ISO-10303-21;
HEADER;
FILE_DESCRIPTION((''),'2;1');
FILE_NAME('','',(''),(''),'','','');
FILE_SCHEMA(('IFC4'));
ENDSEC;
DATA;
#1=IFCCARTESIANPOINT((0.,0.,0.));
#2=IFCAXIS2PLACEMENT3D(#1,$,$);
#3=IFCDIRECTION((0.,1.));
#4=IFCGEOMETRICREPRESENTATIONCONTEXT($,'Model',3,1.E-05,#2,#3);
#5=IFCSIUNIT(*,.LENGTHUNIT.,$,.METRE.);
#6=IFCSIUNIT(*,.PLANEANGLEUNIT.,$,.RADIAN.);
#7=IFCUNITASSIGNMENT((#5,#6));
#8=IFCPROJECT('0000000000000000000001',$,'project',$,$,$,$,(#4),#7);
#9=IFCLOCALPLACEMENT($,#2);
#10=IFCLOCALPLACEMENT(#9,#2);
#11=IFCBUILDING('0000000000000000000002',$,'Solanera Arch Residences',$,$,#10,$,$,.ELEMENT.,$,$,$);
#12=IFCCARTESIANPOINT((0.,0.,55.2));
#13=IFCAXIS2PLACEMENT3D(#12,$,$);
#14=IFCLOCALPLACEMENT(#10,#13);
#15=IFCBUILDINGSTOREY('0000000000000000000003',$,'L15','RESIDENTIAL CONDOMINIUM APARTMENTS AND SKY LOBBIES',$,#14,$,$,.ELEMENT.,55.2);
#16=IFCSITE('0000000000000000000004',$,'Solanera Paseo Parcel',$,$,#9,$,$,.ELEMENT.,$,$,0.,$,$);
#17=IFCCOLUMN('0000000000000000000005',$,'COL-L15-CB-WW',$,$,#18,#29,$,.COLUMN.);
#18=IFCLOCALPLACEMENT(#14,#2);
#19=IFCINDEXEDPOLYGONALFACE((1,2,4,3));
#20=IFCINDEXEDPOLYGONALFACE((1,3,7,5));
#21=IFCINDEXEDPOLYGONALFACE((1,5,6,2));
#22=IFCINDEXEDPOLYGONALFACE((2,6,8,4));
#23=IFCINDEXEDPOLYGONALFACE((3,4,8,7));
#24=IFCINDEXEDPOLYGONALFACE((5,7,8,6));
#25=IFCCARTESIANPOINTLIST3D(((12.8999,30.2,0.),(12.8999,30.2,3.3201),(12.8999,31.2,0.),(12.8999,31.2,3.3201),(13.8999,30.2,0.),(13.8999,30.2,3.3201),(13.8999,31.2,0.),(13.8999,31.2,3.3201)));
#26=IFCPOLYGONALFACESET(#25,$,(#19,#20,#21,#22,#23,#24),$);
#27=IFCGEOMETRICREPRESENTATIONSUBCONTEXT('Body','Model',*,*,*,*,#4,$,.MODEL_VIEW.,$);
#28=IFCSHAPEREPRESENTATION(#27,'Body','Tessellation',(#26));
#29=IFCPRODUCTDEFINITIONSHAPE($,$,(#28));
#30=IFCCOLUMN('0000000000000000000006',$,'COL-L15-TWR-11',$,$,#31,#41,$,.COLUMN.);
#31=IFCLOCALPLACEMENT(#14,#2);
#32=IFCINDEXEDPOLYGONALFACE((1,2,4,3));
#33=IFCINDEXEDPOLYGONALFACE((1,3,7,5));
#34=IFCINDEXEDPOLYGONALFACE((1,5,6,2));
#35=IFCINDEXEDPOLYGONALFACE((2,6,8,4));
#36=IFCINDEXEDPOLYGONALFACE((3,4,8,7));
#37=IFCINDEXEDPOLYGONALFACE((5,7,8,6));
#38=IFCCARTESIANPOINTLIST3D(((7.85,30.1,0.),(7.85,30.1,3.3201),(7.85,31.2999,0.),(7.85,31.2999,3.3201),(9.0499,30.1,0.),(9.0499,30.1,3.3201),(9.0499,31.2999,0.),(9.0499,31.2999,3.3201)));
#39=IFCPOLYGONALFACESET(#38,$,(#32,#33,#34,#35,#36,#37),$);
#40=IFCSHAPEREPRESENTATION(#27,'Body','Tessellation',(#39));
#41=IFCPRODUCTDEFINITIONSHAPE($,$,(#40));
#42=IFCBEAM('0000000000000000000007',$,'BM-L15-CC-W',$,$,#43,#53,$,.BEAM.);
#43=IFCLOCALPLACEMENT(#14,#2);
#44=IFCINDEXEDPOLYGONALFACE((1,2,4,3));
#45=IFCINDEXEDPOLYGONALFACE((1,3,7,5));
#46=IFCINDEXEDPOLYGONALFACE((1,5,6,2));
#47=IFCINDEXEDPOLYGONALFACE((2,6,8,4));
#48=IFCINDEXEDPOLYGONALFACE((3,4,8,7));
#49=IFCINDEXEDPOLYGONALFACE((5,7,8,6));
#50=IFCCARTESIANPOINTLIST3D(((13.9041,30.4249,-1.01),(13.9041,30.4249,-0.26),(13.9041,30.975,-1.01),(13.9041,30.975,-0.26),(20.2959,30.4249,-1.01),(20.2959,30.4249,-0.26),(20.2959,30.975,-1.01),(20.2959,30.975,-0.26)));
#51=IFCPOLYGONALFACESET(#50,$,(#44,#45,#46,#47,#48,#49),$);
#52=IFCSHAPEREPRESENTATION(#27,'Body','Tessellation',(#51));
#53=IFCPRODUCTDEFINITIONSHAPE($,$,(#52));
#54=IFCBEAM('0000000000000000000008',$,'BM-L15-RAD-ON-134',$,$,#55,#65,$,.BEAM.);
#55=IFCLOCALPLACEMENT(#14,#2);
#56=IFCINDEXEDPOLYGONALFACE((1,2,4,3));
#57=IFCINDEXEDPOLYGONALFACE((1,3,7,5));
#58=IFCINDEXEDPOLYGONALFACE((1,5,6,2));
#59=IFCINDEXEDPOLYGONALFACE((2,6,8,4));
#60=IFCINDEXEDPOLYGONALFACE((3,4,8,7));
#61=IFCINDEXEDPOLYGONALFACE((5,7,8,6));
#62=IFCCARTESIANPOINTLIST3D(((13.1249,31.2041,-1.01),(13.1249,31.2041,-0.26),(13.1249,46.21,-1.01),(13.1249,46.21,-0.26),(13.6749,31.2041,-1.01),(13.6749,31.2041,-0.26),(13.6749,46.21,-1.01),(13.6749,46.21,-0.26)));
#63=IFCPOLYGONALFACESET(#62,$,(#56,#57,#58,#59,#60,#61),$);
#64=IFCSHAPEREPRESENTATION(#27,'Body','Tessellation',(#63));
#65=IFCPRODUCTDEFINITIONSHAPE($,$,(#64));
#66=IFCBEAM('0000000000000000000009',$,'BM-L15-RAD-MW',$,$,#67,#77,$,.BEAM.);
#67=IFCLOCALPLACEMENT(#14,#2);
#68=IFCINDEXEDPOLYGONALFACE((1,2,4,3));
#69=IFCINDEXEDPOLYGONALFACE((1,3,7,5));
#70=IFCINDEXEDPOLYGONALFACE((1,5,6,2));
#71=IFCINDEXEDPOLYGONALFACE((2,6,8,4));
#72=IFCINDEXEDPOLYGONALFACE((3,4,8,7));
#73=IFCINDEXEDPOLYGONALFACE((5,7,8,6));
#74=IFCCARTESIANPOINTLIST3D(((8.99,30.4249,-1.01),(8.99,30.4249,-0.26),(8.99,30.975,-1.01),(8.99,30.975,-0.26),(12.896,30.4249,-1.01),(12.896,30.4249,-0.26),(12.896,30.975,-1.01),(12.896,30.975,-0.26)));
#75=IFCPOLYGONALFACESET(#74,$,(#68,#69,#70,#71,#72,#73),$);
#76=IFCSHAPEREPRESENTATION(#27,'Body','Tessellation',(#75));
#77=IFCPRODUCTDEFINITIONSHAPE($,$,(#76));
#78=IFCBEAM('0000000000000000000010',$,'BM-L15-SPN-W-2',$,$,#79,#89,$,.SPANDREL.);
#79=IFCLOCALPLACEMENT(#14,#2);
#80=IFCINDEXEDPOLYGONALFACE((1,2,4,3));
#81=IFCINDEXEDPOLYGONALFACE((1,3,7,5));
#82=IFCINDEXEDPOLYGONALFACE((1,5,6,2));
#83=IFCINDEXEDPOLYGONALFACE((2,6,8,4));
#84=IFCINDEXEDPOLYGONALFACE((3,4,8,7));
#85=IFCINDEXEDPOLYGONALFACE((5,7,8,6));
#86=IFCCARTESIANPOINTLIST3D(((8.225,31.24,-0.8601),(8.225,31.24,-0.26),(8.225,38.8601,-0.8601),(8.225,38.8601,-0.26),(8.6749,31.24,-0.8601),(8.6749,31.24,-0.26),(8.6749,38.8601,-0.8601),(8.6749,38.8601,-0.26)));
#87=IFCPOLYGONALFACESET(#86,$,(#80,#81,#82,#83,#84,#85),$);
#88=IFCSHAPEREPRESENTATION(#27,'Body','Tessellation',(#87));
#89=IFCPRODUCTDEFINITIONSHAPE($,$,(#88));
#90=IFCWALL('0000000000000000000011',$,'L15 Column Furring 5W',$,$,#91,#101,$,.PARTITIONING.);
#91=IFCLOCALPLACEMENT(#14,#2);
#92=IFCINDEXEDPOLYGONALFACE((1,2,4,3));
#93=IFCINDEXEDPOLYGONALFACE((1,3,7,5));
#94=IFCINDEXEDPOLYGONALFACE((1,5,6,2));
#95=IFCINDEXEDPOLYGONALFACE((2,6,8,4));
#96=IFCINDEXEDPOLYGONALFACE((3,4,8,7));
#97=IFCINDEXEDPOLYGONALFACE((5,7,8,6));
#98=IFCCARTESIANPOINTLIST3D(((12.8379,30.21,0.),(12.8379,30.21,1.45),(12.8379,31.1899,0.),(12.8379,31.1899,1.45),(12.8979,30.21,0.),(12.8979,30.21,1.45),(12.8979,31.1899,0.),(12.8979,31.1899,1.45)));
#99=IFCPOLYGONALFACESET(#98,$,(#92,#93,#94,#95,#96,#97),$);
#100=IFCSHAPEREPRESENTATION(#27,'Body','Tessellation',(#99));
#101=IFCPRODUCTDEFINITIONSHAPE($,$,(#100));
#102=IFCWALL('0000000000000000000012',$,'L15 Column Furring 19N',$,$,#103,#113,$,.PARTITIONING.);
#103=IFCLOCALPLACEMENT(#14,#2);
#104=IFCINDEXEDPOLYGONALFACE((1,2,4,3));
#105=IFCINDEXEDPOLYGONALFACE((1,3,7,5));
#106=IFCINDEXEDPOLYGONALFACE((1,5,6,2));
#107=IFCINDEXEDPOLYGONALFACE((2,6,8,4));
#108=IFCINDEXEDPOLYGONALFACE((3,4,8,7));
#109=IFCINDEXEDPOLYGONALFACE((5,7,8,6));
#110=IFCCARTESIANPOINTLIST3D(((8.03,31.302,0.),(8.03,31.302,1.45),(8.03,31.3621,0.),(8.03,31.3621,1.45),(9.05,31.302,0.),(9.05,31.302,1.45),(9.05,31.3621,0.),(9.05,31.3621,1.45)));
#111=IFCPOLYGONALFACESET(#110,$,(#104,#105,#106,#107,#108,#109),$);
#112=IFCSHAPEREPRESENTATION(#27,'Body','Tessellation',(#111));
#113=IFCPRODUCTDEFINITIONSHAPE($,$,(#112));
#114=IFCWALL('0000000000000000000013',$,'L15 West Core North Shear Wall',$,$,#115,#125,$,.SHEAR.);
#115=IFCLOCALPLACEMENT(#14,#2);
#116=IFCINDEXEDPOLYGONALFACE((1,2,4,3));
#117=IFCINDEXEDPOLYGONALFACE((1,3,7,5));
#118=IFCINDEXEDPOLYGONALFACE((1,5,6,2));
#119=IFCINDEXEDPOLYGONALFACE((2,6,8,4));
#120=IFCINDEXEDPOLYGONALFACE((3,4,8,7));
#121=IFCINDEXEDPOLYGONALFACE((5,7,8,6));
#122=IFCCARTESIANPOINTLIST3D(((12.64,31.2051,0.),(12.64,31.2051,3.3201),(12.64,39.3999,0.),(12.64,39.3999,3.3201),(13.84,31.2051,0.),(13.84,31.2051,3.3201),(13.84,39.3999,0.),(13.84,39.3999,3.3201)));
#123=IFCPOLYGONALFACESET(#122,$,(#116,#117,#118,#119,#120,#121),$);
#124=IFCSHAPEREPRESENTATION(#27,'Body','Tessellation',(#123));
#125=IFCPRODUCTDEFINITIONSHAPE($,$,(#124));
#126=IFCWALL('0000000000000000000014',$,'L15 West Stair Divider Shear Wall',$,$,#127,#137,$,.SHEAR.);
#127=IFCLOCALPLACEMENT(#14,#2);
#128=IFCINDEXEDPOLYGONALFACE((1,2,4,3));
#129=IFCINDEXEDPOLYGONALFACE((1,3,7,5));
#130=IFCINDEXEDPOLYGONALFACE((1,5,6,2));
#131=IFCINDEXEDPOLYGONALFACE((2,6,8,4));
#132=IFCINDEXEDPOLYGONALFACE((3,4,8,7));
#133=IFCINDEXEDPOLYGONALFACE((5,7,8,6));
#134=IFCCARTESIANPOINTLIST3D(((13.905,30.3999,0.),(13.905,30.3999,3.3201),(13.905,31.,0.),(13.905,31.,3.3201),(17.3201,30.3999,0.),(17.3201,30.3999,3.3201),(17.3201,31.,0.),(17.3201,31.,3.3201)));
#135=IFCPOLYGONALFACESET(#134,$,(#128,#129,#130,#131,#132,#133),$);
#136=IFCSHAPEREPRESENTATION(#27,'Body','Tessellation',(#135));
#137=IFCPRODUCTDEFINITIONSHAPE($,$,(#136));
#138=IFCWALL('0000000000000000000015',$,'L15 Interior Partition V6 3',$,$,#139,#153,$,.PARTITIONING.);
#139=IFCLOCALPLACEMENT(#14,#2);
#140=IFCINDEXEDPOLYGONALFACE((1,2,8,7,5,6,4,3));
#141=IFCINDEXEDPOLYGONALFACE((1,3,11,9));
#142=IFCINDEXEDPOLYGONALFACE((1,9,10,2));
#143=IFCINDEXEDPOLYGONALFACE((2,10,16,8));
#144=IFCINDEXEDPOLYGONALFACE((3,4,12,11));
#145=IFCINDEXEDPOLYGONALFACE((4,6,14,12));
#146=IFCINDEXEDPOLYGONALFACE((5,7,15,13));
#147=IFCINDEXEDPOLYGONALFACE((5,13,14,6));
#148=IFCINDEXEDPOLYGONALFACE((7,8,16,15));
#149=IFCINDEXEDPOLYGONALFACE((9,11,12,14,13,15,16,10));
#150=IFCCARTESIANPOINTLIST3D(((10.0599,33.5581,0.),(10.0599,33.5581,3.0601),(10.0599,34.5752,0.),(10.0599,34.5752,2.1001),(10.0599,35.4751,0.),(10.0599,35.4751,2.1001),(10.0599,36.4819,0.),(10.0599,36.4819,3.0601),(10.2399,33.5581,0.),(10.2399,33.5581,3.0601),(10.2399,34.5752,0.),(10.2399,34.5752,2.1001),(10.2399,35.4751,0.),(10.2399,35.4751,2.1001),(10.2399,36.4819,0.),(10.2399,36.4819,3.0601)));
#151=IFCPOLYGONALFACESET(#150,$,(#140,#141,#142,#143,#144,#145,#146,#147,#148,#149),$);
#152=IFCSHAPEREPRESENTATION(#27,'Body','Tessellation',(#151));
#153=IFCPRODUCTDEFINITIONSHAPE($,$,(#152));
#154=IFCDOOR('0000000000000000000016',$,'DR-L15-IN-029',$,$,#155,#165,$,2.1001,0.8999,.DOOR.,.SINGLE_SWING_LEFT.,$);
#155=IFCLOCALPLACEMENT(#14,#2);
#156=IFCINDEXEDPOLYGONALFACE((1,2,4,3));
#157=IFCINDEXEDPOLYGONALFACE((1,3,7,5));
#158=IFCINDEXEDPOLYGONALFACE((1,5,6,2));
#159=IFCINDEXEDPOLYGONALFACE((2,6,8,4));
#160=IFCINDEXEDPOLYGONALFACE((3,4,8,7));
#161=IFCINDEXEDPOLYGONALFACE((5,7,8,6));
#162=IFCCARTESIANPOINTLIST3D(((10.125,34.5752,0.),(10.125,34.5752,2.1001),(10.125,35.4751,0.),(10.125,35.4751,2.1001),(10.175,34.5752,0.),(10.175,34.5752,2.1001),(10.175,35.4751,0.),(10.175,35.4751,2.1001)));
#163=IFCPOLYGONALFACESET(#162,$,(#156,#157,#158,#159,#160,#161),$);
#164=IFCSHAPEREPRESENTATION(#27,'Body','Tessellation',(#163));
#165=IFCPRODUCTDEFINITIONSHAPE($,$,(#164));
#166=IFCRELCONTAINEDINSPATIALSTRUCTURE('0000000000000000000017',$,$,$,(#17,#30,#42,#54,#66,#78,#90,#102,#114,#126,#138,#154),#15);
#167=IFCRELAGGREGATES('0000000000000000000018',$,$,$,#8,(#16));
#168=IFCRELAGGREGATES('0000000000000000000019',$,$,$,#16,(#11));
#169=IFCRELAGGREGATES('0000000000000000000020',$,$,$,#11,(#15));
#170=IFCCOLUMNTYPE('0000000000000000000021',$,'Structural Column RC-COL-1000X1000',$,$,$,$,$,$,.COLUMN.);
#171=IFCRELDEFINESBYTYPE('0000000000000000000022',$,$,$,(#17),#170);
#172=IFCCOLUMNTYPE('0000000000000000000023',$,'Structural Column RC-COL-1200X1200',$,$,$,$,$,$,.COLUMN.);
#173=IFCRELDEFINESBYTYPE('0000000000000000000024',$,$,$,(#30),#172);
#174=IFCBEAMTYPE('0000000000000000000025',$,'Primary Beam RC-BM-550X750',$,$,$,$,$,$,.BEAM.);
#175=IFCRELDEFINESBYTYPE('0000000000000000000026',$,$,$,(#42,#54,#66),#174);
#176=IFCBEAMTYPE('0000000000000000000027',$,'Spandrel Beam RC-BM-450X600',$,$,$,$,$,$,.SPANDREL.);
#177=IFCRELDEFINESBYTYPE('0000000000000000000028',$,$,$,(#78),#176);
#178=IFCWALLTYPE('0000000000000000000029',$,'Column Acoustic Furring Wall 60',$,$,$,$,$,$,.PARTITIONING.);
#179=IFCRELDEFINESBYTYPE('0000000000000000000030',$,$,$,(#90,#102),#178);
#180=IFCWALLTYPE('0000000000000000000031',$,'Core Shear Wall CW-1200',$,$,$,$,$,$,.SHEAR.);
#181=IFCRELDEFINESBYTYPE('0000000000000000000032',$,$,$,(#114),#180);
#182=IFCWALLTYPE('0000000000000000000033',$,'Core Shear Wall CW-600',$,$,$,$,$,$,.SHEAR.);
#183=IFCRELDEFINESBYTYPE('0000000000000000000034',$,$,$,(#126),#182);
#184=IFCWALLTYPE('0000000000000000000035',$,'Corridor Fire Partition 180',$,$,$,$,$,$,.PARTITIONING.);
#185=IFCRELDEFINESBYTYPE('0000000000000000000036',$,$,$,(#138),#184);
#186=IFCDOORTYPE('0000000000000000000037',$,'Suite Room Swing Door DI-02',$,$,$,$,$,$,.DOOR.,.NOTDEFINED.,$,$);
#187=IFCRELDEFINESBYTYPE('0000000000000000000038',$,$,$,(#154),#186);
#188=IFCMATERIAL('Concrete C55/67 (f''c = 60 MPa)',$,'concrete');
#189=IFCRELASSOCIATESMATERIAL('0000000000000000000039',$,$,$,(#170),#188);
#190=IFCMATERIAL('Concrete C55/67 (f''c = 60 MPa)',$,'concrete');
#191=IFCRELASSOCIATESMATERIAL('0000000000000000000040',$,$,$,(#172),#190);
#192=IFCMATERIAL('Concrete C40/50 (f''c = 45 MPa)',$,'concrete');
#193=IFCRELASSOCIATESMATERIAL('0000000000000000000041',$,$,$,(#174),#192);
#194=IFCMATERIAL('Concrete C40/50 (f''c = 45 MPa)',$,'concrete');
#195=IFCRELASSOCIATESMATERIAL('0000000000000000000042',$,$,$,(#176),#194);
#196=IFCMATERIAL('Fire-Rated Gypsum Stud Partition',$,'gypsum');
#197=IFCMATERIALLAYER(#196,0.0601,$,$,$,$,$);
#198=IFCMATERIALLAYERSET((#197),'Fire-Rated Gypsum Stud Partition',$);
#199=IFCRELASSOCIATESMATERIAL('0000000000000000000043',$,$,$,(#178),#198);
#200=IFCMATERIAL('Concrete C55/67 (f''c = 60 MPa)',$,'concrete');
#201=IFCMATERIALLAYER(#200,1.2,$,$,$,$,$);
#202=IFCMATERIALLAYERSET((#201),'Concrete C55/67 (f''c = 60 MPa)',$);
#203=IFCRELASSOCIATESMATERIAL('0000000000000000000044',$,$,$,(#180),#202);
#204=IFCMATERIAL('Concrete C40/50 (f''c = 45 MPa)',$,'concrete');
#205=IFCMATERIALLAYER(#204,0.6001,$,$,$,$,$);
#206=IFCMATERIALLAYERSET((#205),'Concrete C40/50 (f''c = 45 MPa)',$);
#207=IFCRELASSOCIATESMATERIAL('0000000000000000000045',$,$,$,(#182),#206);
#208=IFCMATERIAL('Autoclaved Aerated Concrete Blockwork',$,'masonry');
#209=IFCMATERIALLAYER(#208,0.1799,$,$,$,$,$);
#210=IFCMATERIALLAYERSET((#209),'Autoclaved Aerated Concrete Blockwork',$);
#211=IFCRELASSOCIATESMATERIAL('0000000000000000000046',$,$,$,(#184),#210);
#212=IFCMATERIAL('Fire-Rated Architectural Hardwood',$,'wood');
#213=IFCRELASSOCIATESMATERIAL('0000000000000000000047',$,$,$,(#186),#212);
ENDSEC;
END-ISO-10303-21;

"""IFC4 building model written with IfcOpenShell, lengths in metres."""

from ifc_helpers import new_model, si_unit, direction, frame, frame_2d, origin, origin_2d, place, context, subcontext, project, spatial, rectangle, extrude, material, layer, layer_set, material_profile, profile_set, type_object, element, fill, save


model = new_model("IFC4")

# Units and contexts
model_context = context("Model", 3, precision=1e-05, world=origin(), true_north=direction((0.0, 1.0)))
body_context = subcontext(model_context, "Body", "Model", "MODEL_VIEW")
ifc_project = project(units=[si_unit("LENGTHUNIT", "METRE"), si_unit("PLANEANGLEUNIT", "RADIAN")], contexts=[model_context])

# Site, building, storey
site_placement = place(None, origin())
site = spatial("IfcSite", under=ifc_project, at=site_placement, Name="Solanera Paseo Parcel", CompositionType="ELEMENT", RefElevation=0.0)
building_placement = place(site_placement, origin())
building = spatial("IfcBuilding", under=site, at=building_placement, Name="Solanera Arch Residences", CompositionType="ELEMENT")
storey_placement = place(building_placement, frame((0.0, 0.0, 55.2)))
storey = spatial("IfcBuildingStorey", under=building, at=storey_placement, Name="L15", Description="RESIDENTIAL CONDOMINIUM APARTMENTS AND SKY LOBBIES", CompositionType="ELEMENT", Elevation=55.2)

# Columns
ifc_material_1 = material(Name="Concrete C55/67 (f'c = 60 MPa)", Category="concrete")
ifc_material_profile_1 = material_profile(ifc_material_1, rectangle(XDim=1.0, YDim=1.0, at=origin_2d()))
ifc_profile_set_1 = profile_set([ifc_material_profile_1], Name="Concrete C55/67 (f'c = 60 MPa)")
column_type_1 = type_object("IfcColumnType", Name="Structural Column RC-COL-1000X1000", PredefinedType="COLUMN", material=ifc_profile_set_1)
column_1_placement = place(storey_placement, frame((13.3999, 30.7, 0.0), z_axis=(0.0, 0.0, 1.0), x_axis=(1.0, 0.0, 0.0)))
element("IfcColumn", 1, at=column_1_placement, inside=storey, type_object=column_type_1, Name="COL-L15-CB-WW", PredefinedType="COLUMN", context=body_context, shape_type="SweptSolid", body=[
    extrude(rectangle(XDim=1.0, YDim=1.0, at=origin_2d()), origin(), (0.0, 0.0, 1.0), 3.3201),
])
ifc_material_2 = material(Name="Concrete C55/67 (f'c = 60 MPa)", Category="concrete")
ifc_material_profile_2 = material_profile(ifc_material_2, rectangle(XDim=1.2, YDim=1.2, at=origin_2d()))
ifc_profile_set_2 = profile_set([ifc_material_profile_2], Name="Concrete C55/67 (f'c = 60 MPa)")
column_type_2 = type_object("IfcColumnType", Name="Structural Column RC-COL-1200X1200", PredefinedType="COLUMN", material=ifc_profile_set_2)
column_2_placement = place(storey_placement, frame((8.45, 30.7, 0.0), z_axis=(0.0, 0.0, 1.0), x_axis=(1.0, 0.0, 0.0)))
element("IfcColumn", 2, at=column_2_placement, inside=storey, type_object=column_type_2, Name="COL-L15-TWR-11", PredefinedType="COLUMN", context=body_context, shape_type="SweptSolid", body=[
    extrude(rectangle(XDim=1.2, YDim=1.2, at=origin_2d()), origin(), (0.0, 0.0, 1.0), 3.3201),
])

# Beams
ifc_material_3 = material(Name="Concrete C40/50 (f'c = 45 MPa)", Category="concrete")
ifc_material_profile_3 = material_profile(ifc_material_3, rectangle(XDim=0.55, YDim=0.75, at=origin_2d()))
ifc_profile_set_3 = profile_set([ifc_material_profile_3], Name="Concrete C40/50 (f'c = 45 MPa)")
beam_type_1 = type_object("IfcBeamType", Name="Primary Beam RC-BM-550X750", PredefinedType="BEAM", material=ifc_profile_set_3)
beam_1_placement = place(storey_placement, frame((13.9041, 30.7, -0.635), z_axis=(1.0, 0.0, 0.0), x_axis=(0.0, 1.0, 0.0)))
element("IfcBeam", 3, at=beam_1_placement, inside=storey, type_object=beam_type_1, Name="BM-L15-CC-W", PredefinedType="BEAM", context=body_context, shape_type="SweptSolid", body=[
    extrude(rectangle(XDim=0.55, YDim=0.75, at=origin_2d()), origin(), (0.0, 0.0, 1.0), 6.3918),
])
beam_2_placement = place(storey_placement, frame((13.3999, 31.2041, -0.635), z_axis=(0.0, 1.0, 0.0), x_axis=(-1.0, 0.0, 0.0)))
element("IfcBeam", 4, at=beam_2_placement, inside=storey, type_object=beam_type_1, Name="BM-L15-RAD-ON-134", PredefinedType="BEAM", context=body_context, shape_type="SweptSolid", body=[
    extrude(rectangle(XDim=0.55, YDim=0.75, at=origin_2d()), origin(), (0.0, 0.0, 1.0), 15.0059),
])
beam_3_placement = place(storey_placement, frame((8.99, 30.7, -0.635), z_axis=(1.0, 0.0, 0.0), x_axis=(0.0, 1.0, 0.0)))
element("IfcBeam", 5, at=beam_3_placement, inside=storey, type_object=beam_type_1, Name="BM-L15-RAD-MW", PredefinedType="BEAM", context=body_context, shape_type="SweptSolid", body=[
    extrude(rectangle(XDim=0.55, YDim=0.75, at=origin_2d()), origin(), (0.0, 0.0, 1.0), 3.906),
])
ifc_material_4 = material(Name="Concrete C40/50 (f'c = 45 MPa)", Category="concrete")
ifc_material_profile_4 = material_profile(ifc_material_4, rectangle(XDim=0.45, YDim=0.6001, at=origin_2d()))
ifc_profile_set_4 = profile_set([ifc_material_profile_4], Name="Concrete C40/50 (f'c = 45 MPa)")
beam_type_2 = type_object("IfcBeamType", Name="Spandrel Beam RC-BM-450X600", PredefinedType="SPANDREL", material=ifc_profile_set_4)
beam_4_placement = place(storey_placement, frame((8.45, 31.24, -0.5601), z_axis=(0.0, 1.0, 0.0), x_axis=(-1.0, 0.0, 0.0)))
element("IfcBeam", 6, at=beam_4_placement, inside=storey, type_object=beam_type_2, Name="BM-L15-SPN-W-2", PredefinedType="SPANDREL", context=body_context, shape_type="SweptSolid", body=[
    extrude(rectangle(XDim=0.45, YDim=0.6001, at=origin_2d()), origin(), (0.0, 0.0, 1.0), 7.6201),
])

# Walls
ifc_material_5 = material(Name="Fire-Rated Gypsum Stud Partition", Category="gypsum")
ifc_layer_1 = layer(ifc_material_5, 0.0601)
ifc_layer_set_1 = layer_set([ifc_layer_1], Name="Fire-Rated Gypsum Stud Partition")
wall_type_1 = type_object("IfcWallType", Name="Column Acoustic Furring Wall 60", PredefinedType="PARTITIONING", material=ifc_layer_set_1)
wall_1_placement = place(storey_placement, frame((12.8679, 30.21, 0.0), z_axis=(0.0, 0.0, 1.0), x_axis=(0.0, 1.0, 0.0)))
element("IfcWall", 7, at=wall_1_placement, inside=storey, type_object=wall_type_1, Name="L15 Column Furring 5W", PredefinedType="PARTITIONING", context=body_context, shape_type="SweptSolid", body=[
    extrude(rectangle(XDim=0.98, YDim=0.0601, at=frame_2d((0.49, 0.0))), origin(), (0.0, 0.0, 1.0), 1.45),
])
wall_2_placement = place(storey_placement, frame((8.03, 31.332, 0.0), z_axis=(0.0, 0.0, 1.0), x_axis=(1.0, 0.0, 0.0)))
element("IfcWall", 8, at=wall_2_placement, inside=storey, type_object=wall_type_1, Name="L15 Column Furring 19N", PredefinedType="PARTITIONING", context=body_context, shape_type="SweptSolid", body=[
    extrude(rectangle(XDim=1.02, YDim=0.0601, at=frame_2d((0.51, 0.0))), origin(), (0.0, 0.0, 1.0), 1.45),
])
ifc_material_6 = material(Name="Concrete C55/67 (f'c = 60 MPa)", Category="concrete")
ifc_layer_2 = layer(ifc_material_6, 1.2)
ifc_layer_set_2 = layer_set([ifc_layer_2], Name="Concrete C55/67 (f'c = 60 MPa)")
wall_type_2 = type_object("IfcWallType", Name="Core Shear Wall CW-1200", PredefinedType="SHEAR", material=ifc_layer_set_2)
wall_3_placement = place(storey_placement, frame((13.24, 31.2051, 0.0), z_axis=(0.0, 0.0, 1.0), x_axis=(0.0, 1.0, 0.0)))
element("IfcWall", 9, at=wall_3_placement, inside=storey, type_object=wall_type_2, Name="L15 West Core North Shear Wall", PredefinedType="SHEAR", context=body_context, shape_type="SweptSolid", body=[
    extrude(rectangle(XDim=8.1948, YDim=1.2, at=frame_2d((4.0974, 0.0))), origin(), (0.0, 0.0, 1.0), 3.3201),
])
ifc_material_7 = material(Name="Concrete C40/50 (f'c = 45 MPa)", Category="concrete")
ifc_layer_3 = layer(ifc_material_7, 0.6001)
ifc_layer_set_3 = layer_set([ifc_layer_3], Name="Concrete C40/50 (f'c = 45 MPa)")
wall_type_3 = type_object("IfcWallType", Name="Core Shear Wall CW-600", PredefinedType="SHEAR", material=ifc_layer_set_3)
wall_4_placement = place(storey_placement, frame((13.905, 30.7, 0.0), z_axis=(0.0, 0.0, 1.0), x_axis=(1.0, 0.0, 0.0)))
element("IfcWall", 10, at=wall_4_placement, inside=storey, type_object=wall_type_3, Name="L15 West Stair Divider Shear Wall", PredefinedType="SHEAR", context=body_context, shape_type="SweptSolid", body=[
    extrude(rectangle(XDim=3.415, YDim=0.6001, at=frame_2d((1.7075, 0.0))), origin(), (0.0, 0.0, 1.0), 3.3201),
])

# Wall, opening, door
ifc_material_8 = material(Name="Autoclaved Aerated Concrete Blockwork", Category="masonry")
ifc_layer_4 = layer(ifc_material_8, 0.1799)
ifc_layer_set_4 = layer_set([ifc_layer_4], Name="Autoclaved Aerated Concrete Blockwork")
wall_type_4 = type_object("IfcWallType", Name="Corridor Fire Partition 180", PredefinedType="PARTITIONING", material=ifc_layer_set_4)
wall_5_placement = place(storey_placement, frame((10.1499, 33.5581, 0.0), z_axis=(0.0, 0.0, 1.0), x_axis=(0.0, 1.0, 0.0)))
wall_5 = element("IfcWall", 11, at=wall_5_placement, inside=storey, type_object=wall_type_4, Name="L15 Interior Partition V6 3", PredefinedType="PARTITIONING", context=body_context, shape_type="SweptSolid", body=[
    extrude(rectangle(XDim=2.9238, YDim=0.1799, at=frame_2d((1.4619, 0.0))), origin(), (0.0, 0.0, 1.0), 3.0601),
])
opening_1_placement = place(wall_5_placement, frame((1.0171, 0.0, 0.0)))
opening_1 = element("IfcOpeningElement", 12, at=opening_1_placement, cuts=wall_5, PredefinedType="OPENING", context=body_context, shape_type="SweptSolid", body=[
    extrude(rectangle(XDim=0.8999, YDim=2.1001, at=frame_2d((0.45, 1.05))), frame((0.0, 0.1001, 0.0), z_axis=(0.0, -1.0, 0.0), x_axis=(1.0, 0.0, 0.0)), (0.0, 0.0, 1.0), 0.1999),
])
ifc_material_9 = material(Name="Fire-Rated Architectural Hardwood", Category="wood")
door_type_1 = type_object("IfcDoorType", Name="Suite Room Swing Door DI-02", OperationType="NOTDEFINED", PredefinedType="DOOR", material=ifc_material_9)
door_1_placement = place(opening_1_placement, origin())
door_1 = element("IfcDoor", 13, at=door_1_placement, inside=storey, type_object=door_type_1, Name="DR-L15-IN-029", OperationType="SINGLE_SWING_LEFT", OverallHeight=2.1001, OverallWidth=0.8999, PredefinedType="DOOR", context=body_context, shape_type="SweptSolid", body=[
    extrude(rectangle(XDim=0.8999, YDim=2.1001, at=frame_2d((0.45, 1.05))), frame((0.0, 0.0249, 0.0), z_axis=(0.0, -1.0, 0.0), x_axis=(1.0, 0.0, 0.0)), (0.0, 0.0, 1.0), 0.05),
])
fill(opening_1, door_1)

save(model, "model.ifc")
